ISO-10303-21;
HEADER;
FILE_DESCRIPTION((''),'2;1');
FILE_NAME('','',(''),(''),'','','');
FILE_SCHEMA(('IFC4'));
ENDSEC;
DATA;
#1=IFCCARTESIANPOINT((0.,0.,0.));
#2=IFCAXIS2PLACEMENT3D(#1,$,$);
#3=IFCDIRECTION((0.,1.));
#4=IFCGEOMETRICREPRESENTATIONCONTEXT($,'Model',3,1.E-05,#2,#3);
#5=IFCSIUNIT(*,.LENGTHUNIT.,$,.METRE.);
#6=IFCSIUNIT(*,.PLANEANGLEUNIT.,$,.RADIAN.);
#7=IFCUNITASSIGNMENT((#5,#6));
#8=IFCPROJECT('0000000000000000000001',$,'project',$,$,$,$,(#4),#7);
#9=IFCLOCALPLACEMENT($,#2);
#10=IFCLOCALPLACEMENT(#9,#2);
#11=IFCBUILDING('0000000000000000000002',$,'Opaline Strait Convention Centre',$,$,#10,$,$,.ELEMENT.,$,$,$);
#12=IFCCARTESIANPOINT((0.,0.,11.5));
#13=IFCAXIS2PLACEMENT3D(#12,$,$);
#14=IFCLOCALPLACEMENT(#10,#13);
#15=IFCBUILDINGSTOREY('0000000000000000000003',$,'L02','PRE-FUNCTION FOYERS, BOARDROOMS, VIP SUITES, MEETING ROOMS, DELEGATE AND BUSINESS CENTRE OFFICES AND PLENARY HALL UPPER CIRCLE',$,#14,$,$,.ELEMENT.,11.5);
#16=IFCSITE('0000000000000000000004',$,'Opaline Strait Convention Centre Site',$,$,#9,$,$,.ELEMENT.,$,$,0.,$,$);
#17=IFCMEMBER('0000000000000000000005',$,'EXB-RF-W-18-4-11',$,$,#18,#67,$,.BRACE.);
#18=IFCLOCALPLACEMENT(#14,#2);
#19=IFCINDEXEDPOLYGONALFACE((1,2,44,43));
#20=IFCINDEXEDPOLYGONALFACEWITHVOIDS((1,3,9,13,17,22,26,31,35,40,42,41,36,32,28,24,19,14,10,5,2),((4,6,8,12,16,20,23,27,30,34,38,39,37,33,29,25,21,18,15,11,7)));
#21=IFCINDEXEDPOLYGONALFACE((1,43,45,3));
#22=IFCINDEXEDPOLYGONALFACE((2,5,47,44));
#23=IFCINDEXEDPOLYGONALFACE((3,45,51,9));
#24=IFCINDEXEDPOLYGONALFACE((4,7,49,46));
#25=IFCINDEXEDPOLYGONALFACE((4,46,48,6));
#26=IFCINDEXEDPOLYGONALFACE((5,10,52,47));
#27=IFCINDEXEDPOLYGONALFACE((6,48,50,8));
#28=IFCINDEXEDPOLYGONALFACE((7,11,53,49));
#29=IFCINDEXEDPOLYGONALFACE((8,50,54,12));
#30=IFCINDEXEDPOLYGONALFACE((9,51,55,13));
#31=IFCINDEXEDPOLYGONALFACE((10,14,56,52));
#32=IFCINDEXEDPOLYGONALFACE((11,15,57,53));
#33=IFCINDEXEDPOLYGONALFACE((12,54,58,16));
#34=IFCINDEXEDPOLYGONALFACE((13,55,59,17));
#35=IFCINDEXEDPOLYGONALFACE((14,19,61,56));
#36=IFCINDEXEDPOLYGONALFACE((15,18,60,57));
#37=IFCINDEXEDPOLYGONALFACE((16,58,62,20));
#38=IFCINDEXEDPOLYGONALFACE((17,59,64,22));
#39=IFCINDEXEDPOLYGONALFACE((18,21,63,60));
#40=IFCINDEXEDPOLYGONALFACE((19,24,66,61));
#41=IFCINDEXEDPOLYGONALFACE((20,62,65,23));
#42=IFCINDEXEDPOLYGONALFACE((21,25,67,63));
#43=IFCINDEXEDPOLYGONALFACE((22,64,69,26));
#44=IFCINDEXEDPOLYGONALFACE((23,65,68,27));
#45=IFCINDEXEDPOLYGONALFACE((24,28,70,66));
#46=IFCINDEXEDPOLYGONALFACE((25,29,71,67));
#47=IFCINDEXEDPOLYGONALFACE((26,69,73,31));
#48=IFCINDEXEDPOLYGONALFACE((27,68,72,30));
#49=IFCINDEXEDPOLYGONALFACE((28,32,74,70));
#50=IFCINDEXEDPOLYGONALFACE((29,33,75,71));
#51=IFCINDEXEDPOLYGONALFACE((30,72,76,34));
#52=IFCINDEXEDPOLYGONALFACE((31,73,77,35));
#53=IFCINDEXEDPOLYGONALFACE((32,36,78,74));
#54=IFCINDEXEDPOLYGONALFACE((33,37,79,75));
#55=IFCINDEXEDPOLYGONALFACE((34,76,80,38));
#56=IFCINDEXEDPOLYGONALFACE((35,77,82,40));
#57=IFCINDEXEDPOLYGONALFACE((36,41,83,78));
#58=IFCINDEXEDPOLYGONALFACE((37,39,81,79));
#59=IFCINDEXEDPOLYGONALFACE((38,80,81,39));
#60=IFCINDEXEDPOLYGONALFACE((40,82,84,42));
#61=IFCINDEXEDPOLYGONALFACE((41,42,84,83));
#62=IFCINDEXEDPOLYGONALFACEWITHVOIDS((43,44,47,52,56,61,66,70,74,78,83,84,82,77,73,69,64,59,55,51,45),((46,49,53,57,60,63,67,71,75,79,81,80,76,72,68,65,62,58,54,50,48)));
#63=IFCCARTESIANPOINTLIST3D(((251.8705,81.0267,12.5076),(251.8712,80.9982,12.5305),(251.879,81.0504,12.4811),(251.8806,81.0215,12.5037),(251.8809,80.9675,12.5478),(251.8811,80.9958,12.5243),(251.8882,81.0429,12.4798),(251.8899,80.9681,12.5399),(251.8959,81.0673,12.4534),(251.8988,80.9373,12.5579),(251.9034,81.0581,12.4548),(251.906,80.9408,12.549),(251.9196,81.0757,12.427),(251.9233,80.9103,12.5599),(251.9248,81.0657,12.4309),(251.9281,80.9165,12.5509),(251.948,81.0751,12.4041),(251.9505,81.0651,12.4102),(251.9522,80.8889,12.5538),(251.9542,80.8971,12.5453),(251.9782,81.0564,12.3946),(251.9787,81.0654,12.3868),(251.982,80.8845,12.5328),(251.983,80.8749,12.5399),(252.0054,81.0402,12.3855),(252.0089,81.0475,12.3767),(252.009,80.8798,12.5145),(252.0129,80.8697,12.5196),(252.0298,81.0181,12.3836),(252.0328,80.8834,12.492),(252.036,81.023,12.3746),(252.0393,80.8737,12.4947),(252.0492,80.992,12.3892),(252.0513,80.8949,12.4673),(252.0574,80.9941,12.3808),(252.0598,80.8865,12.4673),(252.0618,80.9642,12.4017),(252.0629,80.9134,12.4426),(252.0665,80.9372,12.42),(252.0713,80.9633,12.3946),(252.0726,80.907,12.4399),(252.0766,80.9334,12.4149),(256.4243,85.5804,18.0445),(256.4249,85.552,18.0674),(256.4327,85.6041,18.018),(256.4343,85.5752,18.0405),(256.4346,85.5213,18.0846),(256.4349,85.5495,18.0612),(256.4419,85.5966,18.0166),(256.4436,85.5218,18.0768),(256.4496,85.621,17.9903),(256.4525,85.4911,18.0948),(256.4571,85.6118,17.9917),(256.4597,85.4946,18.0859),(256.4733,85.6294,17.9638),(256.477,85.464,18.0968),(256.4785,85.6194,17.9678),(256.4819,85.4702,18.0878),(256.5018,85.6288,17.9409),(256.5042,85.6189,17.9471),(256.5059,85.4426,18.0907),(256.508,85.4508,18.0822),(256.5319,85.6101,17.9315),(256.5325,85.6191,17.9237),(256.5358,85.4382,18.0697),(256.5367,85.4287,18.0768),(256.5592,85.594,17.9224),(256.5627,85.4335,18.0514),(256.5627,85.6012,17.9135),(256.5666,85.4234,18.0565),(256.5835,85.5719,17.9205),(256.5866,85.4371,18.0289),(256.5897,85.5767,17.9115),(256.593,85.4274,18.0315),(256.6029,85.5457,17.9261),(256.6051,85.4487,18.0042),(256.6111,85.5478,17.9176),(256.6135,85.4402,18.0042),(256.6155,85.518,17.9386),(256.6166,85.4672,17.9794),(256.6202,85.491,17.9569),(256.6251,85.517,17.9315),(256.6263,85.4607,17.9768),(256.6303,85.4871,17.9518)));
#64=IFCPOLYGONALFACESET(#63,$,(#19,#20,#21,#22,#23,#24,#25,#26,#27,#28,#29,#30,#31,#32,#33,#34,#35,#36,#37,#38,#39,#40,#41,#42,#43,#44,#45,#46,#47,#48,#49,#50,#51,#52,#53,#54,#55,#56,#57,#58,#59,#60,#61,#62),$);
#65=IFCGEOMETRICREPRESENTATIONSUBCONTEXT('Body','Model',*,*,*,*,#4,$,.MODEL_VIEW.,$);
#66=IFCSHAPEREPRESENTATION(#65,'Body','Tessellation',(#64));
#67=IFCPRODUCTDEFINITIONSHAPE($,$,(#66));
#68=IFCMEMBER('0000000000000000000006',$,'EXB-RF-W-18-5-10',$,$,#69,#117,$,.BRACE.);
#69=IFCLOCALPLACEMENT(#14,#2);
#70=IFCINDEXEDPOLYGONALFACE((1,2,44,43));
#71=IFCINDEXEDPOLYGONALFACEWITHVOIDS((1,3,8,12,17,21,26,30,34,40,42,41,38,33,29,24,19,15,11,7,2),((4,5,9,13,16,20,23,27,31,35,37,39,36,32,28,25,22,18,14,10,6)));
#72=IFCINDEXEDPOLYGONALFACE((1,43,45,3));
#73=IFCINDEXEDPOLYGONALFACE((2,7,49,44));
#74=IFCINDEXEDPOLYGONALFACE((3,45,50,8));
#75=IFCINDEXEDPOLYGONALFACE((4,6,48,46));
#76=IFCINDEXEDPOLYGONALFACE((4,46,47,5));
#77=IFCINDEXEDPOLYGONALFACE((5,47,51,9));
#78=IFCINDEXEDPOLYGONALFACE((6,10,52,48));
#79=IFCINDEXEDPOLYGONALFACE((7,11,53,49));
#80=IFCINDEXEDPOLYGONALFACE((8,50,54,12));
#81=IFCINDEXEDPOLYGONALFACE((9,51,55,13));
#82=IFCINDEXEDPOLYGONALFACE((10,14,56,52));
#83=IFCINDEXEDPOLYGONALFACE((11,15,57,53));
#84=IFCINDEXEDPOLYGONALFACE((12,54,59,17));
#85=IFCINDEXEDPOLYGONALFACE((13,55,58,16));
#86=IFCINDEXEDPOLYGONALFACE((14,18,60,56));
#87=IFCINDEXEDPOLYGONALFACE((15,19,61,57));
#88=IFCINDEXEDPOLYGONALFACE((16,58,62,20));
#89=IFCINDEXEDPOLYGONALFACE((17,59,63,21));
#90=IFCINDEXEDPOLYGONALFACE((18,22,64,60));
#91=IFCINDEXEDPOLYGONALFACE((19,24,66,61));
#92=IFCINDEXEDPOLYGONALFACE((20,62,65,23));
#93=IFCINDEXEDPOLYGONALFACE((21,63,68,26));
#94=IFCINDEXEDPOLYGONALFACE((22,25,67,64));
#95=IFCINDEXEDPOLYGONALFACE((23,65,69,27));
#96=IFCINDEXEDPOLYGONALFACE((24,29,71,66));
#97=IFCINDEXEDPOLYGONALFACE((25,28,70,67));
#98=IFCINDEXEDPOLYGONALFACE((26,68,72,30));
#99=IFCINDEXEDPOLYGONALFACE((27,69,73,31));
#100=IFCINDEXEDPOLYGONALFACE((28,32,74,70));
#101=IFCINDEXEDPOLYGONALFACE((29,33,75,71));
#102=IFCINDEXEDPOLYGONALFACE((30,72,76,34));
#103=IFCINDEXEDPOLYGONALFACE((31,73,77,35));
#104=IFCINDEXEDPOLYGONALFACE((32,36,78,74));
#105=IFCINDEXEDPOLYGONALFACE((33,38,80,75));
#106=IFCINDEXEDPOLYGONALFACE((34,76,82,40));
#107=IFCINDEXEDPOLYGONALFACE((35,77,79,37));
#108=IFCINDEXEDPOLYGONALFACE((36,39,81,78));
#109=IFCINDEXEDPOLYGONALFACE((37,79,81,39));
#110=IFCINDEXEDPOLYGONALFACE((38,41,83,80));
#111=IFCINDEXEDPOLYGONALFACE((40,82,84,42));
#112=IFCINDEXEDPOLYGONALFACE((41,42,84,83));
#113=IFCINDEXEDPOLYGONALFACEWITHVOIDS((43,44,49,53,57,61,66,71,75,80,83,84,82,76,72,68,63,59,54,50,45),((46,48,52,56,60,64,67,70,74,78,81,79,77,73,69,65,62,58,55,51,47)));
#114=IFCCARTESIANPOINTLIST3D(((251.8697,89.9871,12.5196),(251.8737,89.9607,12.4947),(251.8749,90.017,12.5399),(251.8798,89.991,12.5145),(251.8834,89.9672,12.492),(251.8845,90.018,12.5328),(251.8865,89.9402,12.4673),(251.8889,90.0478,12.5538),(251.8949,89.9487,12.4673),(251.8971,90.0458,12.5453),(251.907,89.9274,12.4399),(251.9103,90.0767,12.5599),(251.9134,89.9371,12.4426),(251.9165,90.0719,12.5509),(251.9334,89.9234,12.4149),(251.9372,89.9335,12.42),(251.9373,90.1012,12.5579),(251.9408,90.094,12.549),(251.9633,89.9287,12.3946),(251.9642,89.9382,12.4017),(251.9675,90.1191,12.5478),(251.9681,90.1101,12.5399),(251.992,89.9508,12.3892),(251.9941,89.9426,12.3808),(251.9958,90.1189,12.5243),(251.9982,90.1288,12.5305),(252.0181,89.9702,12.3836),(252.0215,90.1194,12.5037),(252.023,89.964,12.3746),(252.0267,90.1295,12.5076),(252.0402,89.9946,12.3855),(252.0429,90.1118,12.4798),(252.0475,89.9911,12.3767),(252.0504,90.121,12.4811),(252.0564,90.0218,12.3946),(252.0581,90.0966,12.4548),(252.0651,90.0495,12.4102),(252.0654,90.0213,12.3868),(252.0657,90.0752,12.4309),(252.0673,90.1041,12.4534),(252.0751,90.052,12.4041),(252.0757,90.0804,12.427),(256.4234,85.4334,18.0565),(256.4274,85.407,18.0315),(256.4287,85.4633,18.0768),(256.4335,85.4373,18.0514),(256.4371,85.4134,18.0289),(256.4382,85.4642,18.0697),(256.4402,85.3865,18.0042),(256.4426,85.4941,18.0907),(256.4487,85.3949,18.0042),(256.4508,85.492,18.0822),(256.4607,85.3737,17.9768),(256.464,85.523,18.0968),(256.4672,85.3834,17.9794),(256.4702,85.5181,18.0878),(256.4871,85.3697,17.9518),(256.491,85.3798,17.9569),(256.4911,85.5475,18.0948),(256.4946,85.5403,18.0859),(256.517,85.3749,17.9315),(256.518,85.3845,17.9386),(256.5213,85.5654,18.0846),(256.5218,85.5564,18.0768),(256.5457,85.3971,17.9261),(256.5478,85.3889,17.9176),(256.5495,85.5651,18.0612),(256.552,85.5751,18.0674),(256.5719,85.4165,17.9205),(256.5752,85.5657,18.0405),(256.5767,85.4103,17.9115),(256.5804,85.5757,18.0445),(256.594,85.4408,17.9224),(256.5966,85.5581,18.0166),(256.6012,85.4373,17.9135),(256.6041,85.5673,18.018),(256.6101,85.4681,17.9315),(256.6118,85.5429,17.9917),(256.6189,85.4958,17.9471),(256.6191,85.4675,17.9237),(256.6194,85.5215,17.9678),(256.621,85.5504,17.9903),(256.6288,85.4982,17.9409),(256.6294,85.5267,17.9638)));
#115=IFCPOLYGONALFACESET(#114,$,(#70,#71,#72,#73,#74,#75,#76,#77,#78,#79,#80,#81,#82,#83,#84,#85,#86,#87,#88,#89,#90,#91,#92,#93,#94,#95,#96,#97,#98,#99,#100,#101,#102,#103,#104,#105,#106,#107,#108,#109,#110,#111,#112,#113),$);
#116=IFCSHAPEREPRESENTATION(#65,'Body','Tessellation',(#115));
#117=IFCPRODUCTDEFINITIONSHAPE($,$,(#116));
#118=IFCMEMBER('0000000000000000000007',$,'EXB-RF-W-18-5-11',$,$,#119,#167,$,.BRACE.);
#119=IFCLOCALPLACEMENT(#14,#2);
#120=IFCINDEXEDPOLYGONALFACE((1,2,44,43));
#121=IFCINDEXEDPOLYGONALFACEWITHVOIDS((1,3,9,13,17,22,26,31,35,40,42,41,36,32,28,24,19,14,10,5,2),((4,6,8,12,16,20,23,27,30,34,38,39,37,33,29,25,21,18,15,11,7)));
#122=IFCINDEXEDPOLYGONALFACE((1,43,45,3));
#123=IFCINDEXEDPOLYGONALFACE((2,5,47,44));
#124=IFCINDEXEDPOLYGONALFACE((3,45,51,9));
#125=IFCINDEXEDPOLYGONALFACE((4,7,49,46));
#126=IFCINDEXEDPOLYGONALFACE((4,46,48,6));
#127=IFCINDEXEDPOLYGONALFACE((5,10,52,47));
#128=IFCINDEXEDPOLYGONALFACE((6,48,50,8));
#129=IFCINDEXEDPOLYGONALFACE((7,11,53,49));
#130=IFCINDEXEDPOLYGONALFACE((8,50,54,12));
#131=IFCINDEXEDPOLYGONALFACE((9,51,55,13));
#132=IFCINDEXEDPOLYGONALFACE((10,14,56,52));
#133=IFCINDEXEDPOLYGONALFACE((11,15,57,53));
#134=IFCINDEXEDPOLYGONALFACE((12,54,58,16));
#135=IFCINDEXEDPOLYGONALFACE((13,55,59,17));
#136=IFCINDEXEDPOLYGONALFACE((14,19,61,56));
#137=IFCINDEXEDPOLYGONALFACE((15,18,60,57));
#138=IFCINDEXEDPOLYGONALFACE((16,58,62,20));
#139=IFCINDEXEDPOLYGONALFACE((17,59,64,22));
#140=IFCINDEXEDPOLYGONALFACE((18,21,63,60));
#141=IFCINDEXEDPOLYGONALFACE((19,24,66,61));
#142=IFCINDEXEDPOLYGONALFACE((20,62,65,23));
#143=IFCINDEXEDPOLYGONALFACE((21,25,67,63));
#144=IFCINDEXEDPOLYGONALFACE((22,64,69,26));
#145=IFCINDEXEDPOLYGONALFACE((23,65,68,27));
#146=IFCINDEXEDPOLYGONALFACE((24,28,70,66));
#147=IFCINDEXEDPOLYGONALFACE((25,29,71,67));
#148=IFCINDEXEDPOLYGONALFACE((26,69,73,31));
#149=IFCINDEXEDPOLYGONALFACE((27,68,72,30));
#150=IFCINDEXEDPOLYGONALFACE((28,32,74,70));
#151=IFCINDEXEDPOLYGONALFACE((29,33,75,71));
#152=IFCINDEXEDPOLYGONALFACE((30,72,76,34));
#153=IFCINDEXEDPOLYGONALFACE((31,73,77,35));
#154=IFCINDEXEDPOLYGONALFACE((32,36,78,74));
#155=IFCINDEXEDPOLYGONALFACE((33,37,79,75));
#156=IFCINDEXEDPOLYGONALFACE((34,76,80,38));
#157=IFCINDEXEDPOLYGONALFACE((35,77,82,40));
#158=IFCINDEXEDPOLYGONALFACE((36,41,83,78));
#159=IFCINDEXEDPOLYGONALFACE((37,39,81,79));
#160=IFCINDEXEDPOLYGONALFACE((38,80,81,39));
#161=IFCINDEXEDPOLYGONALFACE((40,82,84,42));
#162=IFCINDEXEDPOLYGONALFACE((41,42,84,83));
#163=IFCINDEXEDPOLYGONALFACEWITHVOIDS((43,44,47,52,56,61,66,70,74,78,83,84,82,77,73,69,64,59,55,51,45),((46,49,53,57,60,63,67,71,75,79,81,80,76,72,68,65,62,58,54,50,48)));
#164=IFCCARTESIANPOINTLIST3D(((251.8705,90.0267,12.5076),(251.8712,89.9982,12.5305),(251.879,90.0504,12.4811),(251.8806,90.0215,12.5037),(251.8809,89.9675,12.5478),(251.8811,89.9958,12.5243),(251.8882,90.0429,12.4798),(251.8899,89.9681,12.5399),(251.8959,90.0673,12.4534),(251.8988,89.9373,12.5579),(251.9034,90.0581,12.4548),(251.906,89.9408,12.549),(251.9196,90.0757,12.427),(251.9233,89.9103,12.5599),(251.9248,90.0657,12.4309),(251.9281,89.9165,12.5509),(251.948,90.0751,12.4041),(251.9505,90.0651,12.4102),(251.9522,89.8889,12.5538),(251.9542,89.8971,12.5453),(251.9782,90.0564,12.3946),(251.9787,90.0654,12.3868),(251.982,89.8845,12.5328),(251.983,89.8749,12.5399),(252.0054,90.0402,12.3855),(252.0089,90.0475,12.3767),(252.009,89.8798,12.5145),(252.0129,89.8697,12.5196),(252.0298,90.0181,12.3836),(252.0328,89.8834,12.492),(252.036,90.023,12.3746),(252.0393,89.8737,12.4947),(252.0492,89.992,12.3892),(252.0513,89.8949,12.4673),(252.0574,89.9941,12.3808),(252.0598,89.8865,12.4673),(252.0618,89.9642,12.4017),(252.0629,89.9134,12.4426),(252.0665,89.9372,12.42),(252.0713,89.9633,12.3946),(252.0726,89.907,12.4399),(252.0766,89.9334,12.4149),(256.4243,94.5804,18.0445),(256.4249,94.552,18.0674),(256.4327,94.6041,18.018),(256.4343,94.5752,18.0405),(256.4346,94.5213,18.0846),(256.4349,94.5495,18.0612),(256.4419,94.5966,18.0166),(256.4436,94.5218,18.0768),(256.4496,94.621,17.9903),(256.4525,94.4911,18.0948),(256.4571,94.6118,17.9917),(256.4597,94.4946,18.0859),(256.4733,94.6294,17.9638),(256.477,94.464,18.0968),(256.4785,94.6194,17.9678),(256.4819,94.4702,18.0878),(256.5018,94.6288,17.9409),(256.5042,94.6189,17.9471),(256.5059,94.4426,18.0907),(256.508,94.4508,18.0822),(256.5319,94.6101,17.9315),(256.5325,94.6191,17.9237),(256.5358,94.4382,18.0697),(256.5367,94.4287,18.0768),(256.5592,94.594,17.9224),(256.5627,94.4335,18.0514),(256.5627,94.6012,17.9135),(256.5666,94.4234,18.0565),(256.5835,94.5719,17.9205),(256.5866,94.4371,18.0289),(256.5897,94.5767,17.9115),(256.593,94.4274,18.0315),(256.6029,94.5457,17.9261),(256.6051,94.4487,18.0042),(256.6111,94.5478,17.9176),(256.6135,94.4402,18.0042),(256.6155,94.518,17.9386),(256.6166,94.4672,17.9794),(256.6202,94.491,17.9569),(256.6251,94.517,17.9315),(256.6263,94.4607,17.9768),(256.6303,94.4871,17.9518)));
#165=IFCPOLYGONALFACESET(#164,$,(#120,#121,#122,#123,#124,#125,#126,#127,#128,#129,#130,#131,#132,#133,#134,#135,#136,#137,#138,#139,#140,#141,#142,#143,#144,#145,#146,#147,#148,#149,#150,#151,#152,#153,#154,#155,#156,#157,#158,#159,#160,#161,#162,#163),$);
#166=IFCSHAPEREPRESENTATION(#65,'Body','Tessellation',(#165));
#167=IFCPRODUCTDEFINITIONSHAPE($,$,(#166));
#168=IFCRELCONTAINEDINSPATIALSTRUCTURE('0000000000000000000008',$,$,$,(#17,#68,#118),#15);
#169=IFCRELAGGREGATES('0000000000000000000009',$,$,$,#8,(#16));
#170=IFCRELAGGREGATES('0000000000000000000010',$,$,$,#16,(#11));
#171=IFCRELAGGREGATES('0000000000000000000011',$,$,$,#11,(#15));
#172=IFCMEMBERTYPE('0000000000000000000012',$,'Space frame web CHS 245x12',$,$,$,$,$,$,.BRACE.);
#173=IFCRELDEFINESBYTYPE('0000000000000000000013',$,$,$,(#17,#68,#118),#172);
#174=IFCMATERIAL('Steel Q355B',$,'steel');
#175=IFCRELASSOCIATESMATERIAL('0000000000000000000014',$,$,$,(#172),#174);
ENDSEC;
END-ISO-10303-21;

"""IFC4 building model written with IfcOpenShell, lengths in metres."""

from ifc_helpers import new_model, si_unit, direction, frame, origin, origin_2d, place, context, subcontext, project, spatial, hollow_circle, extrude, material, material_profile, profile_set, type_object, element, save


model = new_model("IFC4")

# Units and contexts
model_context = context("Model", 3, precision=1e-05, world=origin(), true_north=direction((0.0, 1.0)))
body_context = subcontext(model_context, "Body", "Model", "MODEL_VIEW")
ifc_project = project(units=[si_unit("LENGTHUNIT", "METRE"), si_unit("PLANEANGLEUNIT", "RADIAN")], contexts=[model_context])

# Site, building, storey
site_placement = place(None, origin())
site = spatial("IfcSite", under=ifc_project, at=site_placement, Name="Opaline Strait Convention Centre Site", CompositionType="ELEMENT", RefElevation=0.0)
building_placement = place(site_placement, origin())
building = spatial("IfcBuilding", under=site, at=building_placement, Name="Opaline Strait Convention Centre", CompositionType="ELEMENT")
storey_placement = place(building_placement, frame((0.0, 0.0, 11.5)))
storey = spatial("IfcBuildingStorey", under=building, at=storey_placement, Name="L02", Description="PRE-FUNCTION FOYERS, BOARDROOMS, VIP SUITES, MEETING ROOMS, DELEGATE AND BUSINESS CENTRE OFFICES AND PLENARY HALL UPPER CIRCLE", CompositionType="ELEMENT", Elevation=11.5)

# Members
ifc_material = material(Name="Steel Q355B", Category="steel")
ifc_material_profile_1 = material_profile(ifc_material, hollow_circle(Radius=0.1226, WallThickness=0.012, at=origin_2d()), Name="CHS 245x12")
ifc_profile_set_1 = profile_set([ifc_material_profile_1], Name="Steel Q355B")
member_type_1 = type_object("IfcMemberType", Name="Space frame web CHS 245x12", PredefinedType="BRACE", material=ifc_profile_set_1)
for number, where, z_axis, x_axis, name in (
    (1, (256.5269, 85.5269, 18.0042), (-0.536178, -0.536178, -0.65194), (0.707107, -0.707107, 0.0), "EXB-RF-W-18-4-11"),
    (2, (256.5269, 85.4731, 18.0042), (-0.536178, 0.536178, -0.65194), (-0.707107, -0.707107, 0.0), "EXB-RF-W-18-5-10"),
    (3, (256.5269, 94.5269, 18.0042), (-0.536178, -0.536178, -0.65194), (0.707107, -0.707107, 0.0), "EXB-RF-W-18-5-11"),
):
    element("IfcMember", number, at=place(storey_placement, frame(where, z_axis=z_axis, x_axis=x_axis)), inside=storey, type_object=member_type_1, Name=name, PredefinedType="BRACE", context=body_context, shape_type="SweptSolid", body=[
        extrude(hollow_circle(Radius=0.1226, WallThickness=0.012, at=origin_2d()), origin(), (0.0, 0.0, 1.0), 8.4929),
    ])

save(model, "model.ifc")
